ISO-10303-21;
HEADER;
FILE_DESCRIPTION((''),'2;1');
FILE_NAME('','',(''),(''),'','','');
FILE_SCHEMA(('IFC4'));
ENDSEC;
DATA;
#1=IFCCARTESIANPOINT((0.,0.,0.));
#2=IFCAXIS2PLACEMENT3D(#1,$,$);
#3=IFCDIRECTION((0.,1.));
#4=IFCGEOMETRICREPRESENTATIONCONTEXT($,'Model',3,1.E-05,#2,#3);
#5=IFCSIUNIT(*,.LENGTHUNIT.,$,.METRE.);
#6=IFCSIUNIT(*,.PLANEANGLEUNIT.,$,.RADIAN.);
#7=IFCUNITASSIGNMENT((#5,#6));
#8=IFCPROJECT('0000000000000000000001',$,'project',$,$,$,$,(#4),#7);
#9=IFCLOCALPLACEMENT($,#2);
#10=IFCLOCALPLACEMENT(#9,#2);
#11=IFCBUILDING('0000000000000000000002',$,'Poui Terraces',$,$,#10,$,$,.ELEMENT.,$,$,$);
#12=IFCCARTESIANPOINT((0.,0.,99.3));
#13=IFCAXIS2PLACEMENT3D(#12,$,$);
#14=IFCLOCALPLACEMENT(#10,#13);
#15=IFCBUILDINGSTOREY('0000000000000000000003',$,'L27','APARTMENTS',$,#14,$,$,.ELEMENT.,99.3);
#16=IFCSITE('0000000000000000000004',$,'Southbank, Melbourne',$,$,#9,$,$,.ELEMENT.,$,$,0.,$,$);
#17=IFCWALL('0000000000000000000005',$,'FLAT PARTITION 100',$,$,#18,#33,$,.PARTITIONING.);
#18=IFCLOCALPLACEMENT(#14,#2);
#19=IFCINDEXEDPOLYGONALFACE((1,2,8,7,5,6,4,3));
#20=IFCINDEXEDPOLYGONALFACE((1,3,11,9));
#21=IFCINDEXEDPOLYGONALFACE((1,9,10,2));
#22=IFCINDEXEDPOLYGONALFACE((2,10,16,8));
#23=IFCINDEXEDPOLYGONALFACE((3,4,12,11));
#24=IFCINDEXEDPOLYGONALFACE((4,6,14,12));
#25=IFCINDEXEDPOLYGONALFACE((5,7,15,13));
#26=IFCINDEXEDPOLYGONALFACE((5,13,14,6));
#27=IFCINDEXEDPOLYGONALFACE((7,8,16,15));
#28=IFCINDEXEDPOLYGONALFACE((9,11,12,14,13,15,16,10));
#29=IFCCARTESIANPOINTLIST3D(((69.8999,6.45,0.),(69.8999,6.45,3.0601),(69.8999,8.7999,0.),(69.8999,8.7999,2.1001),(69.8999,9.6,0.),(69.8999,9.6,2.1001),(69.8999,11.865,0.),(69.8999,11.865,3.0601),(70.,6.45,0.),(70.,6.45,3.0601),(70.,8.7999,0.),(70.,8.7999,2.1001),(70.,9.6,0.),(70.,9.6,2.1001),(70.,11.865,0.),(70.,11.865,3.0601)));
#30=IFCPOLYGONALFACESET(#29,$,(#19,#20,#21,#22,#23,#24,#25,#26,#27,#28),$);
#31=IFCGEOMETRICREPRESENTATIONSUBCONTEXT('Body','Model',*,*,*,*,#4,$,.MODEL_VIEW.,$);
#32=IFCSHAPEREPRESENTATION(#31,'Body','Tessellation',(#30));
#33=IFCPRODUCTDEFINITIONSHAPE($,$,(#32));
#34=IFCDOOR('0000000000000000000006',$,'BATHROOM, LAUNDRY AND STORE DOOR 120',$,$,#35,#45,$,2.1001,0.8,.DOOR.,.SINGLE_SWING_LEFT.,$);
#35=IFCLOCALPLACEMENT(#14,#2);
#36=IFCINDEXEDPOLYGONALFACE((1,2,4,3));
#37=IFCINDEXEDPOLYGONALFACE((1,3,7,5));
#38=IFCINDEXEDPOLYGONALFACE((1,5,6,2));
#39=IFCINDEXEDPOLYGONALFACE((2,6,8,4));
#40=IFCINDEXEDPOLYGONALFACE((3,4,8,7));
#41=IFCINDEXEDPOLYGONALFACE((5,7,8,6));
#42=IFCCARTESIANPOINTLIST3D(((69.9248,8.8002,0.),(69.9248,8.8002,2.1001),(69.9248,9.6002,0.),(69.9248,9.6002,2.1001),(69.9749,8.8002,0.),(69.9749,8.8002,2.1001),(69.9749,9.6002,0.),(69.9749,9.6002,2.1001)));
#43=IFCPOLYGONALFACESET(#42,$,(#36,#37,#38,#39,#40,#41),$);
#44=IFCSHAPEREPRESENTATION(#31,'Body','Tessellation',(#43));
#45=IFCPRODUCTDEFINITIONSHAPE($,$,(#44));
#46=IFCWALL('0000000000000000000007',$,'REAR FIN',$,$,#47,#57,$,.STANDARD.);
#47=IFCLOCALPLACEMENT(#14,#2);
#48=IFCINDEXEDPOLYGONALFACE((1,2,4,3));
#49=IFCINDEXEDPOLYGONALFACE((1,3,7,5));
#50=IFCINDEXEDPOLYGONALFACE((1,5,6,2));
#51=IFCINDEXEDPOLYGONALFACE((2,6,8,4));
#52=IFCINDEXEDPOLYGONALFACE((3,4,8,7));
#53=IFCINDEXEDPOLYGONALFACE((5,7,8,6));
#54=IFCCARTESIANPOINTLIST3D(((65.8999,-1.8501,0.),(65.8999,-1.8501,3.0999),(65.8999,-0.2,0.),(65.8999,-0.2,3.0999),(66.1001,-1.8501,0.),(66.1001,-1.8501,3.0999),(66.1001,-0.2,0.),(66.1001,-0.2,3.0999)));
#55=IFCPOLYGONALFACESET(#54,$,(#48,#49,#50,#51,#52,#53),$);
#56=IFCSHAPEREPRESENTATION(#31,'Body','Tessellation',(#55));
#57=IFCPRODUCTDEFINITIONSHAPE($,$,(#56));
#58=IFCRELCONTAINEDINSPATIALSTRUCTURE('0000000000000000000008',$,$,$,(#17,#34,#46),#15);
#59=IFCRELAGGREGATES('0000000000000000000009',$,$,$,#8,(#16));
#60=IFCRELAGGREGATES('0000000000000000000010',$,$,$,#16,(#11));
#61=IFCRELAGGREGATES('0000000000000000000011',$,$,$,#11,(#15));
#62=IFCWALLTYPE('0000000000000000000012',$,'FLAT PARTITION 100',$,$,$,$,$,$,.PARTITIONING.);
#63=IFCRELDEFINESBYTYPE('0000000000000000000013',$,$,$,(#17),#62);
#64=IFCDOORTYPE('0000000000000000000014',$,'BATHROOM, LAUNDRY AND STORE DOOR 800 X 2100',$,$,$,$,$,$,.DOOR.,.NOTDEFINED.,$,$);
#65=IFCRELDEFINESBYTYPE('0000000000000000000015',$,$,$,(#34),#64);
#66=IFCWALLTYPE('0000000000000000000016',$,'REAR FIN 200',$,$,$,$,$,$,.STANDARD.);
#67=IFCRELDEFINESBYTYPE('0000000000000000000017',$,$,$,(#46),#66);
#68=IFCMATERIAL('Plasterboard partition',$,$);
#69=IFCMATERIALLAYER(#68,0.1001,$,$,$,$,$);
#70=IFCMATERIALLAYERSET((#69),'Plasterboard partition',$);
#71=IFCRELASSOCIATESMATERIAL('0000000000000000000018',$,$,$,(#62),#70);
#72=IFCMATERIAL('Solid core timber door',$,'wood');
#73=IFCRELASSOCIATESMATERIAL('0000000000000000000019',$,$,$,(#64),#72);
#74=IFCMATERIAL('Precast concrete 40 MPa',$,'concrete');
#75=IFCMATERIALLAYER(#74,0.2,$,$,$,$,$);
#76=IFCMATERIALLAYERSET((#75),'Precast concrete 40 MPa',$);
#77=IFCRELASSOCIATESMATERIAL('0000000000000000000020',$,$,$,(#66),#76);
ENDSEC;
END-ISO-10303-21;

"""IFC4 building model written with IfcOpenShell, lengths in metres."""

from ifc_helpers import new_model, si_unit, direction, frame, frame_2d, origin, place, context, subcontext, project, spatial, polyline, rectangle, outline, extrude, source, transform, mapped, material, layer, layer_set, type_object, element, fill, save


model = new_model("IFC4")

# Units and contexts
model_context = context("Model", 3, precision=1e-05, world=origin(), true_north=direction((0.0, 1.0)))
body_context = subcontext(model_context, "Body", "Model", "MODEL_VIEW")
ifc_project = project(units=[si_unit("LENGTHUNIT", "METRE"), si_unit("PLANEANGLEUNIT", "RADIAN")], contexts=[model_context])

# Site, building, storey
site_placement = place(None, origin())
site = spatial("IfcSite", under=ifc_project, at=site_placement, Name="Southbank, Melbourne", CompositionType="ELEMENT", RefElevation=0.0)
building_placement = place(site_placement, origin())
building = spatial("IfcBuilding", under=site, at=building_placement, Name="Poui Terraces", CompositionType="ELEMENT")
storey_placement = place(building_placement, frame((0.0, 0.0, 99.3)))
storey = spatial("IfcBuildingStorey", under=building, at=storey_placement, Name="L27", Description="APARTMENTS", CompositionType="ELEMENT", Elevation=99.3)

# Shared definitions
ifc_material_1 = material(Name="Plasterboard partition")
ifc_layer_1 = layer(ifc_material_1, 0.1001)
ifc_layer_set_1 = layer_set([ifc_layer_1], Name="Plasterboard partition")
wall_type_1 = type_object("IfcWallType", Name="FLAT PARTITION 100", PredefinedType="PARTITIONING", material=ifc_layer_set_1)

# Shared definitions
ifc_material_2 = material(Name="Solid core timber door", Category="wood")
door_type_1 = type_object("IfcDoorType", Name="BATHROOM, LAUNDRY AND STORE DOOR 800 X 2100", OperationType="NOTDEFINED", PredefinedType="DOOR", material=ifc_material_2)

# Wall, opening, door
wall_1_placement = place(storey_placement, frame((69.95, 6.45, 0.0), z_axis=(0.0, 0.0, 1.0), x_axis=(0.0, 1.0, 0.0)))
wall_1 = element("IfcWall", 1, at=wall_1_placement, inside=storey, type_object=wall_type_1, Name="FLAT PARTITION 100", PredefinedType="PARTITIONING", context=body_context, shape_type="SweptSolid", body=[
    extrude(rectangle(XDim=5.415, YDim=0.1001, at=frame_2d((2.7075, 0.0))), origin(), (0.0, 0.0, 1.0), 3.0601),
])
opening_1_placement = place(wall_1_placement, frame((2.3501, 0.0, 0.0)))
opening_1 = element("IfcOpeningElement", 2, at=opening_1_placement, cuts=wall_1, PredefinedType="OPENING", context=body_context, shape_type="SweptSolid", body=[
    extrude(rectangle(XDim=0.8, YDim=2.1001, at=frame_2d((0.3999, 1.05))), frame((0.0, 0.0601, 0.0), z_axis=(0.0, -1.0, 0.0), x_axis=(1.0, 0.0, 0.0)), (0.0, 0.0, 1.0), 0.1201),
])
door_1_placement = place(opening_1_placement, frame((0.8, 0.0, 0.0), z_axis=(0.0, 0.0, 1.0), x_axis=(-1.0, 0.0, 0.0)))
door_1 = element("IfcDoor", 3, at=door_1_placement, inside=storey, type_object=door_type_1, Name="BATHROOM, LAUNDRY AND STORE DOOR 120", OperationType="SINGLE_SWING_LEFT", OverallHeight=2.1001, OverallWidth=0.8, PredefinedType="DOOR", context=body_context, shape_type="SweptSolid", body=[
    extrude(rectangle(XDim=0.8, YDim=2.1001, at=frame_2d((0.3999, 1.05))), frame((0.0, 0.0249, 0.0), z_axis=(0.0, -1.0, 0.0), x_axis=(1.0, 0.0, 0.0)), (0.0, 0.0, 1.0), 0.05),
])
fill(opening_1, door_1)

# Wall
ifc_material_3 = material(Name="Precast concrete 40 MPa", Category="concrete")
ifc_layer_2 = layer(ifc_material_3, 0.2)
ifc_layer_set_2 = layer_set([ifc_layer_2], Name="Precast concrete 40 MPa")
wall_type_2 = type_object("IfcWallType", Name="REAR FIN 200", PredefinedType="STANDARD", material=ifc_layer_set_2)
shared_shape_1 = source(origin(), body_context, "Body", "SweptSolid", [
    extrude(outline(polyline([(0.0, 0.0), (0.2002, 0.0), (0.2002, 1.6501), (0.0, 1.6501), (0.0, 0.0)])), origin(), (0.0, 0.0, 1.0), 3.0999),
])
wall_2_placement = place(storey_placement, frame((65.8999, -1.8501, 0.0)))
element("IfcWall", 4, at=wall_2_placement, inside=storey, type_object=wall_type_2, Name="REAR FIN", PredefinedType="STANDARD", context=body_context, shape_type="MappedRepresentation", body=[
    mapped(shared_shape_1, transform((0.0, 0.0, 0.0))),
])

save(model, "model.ifc")
